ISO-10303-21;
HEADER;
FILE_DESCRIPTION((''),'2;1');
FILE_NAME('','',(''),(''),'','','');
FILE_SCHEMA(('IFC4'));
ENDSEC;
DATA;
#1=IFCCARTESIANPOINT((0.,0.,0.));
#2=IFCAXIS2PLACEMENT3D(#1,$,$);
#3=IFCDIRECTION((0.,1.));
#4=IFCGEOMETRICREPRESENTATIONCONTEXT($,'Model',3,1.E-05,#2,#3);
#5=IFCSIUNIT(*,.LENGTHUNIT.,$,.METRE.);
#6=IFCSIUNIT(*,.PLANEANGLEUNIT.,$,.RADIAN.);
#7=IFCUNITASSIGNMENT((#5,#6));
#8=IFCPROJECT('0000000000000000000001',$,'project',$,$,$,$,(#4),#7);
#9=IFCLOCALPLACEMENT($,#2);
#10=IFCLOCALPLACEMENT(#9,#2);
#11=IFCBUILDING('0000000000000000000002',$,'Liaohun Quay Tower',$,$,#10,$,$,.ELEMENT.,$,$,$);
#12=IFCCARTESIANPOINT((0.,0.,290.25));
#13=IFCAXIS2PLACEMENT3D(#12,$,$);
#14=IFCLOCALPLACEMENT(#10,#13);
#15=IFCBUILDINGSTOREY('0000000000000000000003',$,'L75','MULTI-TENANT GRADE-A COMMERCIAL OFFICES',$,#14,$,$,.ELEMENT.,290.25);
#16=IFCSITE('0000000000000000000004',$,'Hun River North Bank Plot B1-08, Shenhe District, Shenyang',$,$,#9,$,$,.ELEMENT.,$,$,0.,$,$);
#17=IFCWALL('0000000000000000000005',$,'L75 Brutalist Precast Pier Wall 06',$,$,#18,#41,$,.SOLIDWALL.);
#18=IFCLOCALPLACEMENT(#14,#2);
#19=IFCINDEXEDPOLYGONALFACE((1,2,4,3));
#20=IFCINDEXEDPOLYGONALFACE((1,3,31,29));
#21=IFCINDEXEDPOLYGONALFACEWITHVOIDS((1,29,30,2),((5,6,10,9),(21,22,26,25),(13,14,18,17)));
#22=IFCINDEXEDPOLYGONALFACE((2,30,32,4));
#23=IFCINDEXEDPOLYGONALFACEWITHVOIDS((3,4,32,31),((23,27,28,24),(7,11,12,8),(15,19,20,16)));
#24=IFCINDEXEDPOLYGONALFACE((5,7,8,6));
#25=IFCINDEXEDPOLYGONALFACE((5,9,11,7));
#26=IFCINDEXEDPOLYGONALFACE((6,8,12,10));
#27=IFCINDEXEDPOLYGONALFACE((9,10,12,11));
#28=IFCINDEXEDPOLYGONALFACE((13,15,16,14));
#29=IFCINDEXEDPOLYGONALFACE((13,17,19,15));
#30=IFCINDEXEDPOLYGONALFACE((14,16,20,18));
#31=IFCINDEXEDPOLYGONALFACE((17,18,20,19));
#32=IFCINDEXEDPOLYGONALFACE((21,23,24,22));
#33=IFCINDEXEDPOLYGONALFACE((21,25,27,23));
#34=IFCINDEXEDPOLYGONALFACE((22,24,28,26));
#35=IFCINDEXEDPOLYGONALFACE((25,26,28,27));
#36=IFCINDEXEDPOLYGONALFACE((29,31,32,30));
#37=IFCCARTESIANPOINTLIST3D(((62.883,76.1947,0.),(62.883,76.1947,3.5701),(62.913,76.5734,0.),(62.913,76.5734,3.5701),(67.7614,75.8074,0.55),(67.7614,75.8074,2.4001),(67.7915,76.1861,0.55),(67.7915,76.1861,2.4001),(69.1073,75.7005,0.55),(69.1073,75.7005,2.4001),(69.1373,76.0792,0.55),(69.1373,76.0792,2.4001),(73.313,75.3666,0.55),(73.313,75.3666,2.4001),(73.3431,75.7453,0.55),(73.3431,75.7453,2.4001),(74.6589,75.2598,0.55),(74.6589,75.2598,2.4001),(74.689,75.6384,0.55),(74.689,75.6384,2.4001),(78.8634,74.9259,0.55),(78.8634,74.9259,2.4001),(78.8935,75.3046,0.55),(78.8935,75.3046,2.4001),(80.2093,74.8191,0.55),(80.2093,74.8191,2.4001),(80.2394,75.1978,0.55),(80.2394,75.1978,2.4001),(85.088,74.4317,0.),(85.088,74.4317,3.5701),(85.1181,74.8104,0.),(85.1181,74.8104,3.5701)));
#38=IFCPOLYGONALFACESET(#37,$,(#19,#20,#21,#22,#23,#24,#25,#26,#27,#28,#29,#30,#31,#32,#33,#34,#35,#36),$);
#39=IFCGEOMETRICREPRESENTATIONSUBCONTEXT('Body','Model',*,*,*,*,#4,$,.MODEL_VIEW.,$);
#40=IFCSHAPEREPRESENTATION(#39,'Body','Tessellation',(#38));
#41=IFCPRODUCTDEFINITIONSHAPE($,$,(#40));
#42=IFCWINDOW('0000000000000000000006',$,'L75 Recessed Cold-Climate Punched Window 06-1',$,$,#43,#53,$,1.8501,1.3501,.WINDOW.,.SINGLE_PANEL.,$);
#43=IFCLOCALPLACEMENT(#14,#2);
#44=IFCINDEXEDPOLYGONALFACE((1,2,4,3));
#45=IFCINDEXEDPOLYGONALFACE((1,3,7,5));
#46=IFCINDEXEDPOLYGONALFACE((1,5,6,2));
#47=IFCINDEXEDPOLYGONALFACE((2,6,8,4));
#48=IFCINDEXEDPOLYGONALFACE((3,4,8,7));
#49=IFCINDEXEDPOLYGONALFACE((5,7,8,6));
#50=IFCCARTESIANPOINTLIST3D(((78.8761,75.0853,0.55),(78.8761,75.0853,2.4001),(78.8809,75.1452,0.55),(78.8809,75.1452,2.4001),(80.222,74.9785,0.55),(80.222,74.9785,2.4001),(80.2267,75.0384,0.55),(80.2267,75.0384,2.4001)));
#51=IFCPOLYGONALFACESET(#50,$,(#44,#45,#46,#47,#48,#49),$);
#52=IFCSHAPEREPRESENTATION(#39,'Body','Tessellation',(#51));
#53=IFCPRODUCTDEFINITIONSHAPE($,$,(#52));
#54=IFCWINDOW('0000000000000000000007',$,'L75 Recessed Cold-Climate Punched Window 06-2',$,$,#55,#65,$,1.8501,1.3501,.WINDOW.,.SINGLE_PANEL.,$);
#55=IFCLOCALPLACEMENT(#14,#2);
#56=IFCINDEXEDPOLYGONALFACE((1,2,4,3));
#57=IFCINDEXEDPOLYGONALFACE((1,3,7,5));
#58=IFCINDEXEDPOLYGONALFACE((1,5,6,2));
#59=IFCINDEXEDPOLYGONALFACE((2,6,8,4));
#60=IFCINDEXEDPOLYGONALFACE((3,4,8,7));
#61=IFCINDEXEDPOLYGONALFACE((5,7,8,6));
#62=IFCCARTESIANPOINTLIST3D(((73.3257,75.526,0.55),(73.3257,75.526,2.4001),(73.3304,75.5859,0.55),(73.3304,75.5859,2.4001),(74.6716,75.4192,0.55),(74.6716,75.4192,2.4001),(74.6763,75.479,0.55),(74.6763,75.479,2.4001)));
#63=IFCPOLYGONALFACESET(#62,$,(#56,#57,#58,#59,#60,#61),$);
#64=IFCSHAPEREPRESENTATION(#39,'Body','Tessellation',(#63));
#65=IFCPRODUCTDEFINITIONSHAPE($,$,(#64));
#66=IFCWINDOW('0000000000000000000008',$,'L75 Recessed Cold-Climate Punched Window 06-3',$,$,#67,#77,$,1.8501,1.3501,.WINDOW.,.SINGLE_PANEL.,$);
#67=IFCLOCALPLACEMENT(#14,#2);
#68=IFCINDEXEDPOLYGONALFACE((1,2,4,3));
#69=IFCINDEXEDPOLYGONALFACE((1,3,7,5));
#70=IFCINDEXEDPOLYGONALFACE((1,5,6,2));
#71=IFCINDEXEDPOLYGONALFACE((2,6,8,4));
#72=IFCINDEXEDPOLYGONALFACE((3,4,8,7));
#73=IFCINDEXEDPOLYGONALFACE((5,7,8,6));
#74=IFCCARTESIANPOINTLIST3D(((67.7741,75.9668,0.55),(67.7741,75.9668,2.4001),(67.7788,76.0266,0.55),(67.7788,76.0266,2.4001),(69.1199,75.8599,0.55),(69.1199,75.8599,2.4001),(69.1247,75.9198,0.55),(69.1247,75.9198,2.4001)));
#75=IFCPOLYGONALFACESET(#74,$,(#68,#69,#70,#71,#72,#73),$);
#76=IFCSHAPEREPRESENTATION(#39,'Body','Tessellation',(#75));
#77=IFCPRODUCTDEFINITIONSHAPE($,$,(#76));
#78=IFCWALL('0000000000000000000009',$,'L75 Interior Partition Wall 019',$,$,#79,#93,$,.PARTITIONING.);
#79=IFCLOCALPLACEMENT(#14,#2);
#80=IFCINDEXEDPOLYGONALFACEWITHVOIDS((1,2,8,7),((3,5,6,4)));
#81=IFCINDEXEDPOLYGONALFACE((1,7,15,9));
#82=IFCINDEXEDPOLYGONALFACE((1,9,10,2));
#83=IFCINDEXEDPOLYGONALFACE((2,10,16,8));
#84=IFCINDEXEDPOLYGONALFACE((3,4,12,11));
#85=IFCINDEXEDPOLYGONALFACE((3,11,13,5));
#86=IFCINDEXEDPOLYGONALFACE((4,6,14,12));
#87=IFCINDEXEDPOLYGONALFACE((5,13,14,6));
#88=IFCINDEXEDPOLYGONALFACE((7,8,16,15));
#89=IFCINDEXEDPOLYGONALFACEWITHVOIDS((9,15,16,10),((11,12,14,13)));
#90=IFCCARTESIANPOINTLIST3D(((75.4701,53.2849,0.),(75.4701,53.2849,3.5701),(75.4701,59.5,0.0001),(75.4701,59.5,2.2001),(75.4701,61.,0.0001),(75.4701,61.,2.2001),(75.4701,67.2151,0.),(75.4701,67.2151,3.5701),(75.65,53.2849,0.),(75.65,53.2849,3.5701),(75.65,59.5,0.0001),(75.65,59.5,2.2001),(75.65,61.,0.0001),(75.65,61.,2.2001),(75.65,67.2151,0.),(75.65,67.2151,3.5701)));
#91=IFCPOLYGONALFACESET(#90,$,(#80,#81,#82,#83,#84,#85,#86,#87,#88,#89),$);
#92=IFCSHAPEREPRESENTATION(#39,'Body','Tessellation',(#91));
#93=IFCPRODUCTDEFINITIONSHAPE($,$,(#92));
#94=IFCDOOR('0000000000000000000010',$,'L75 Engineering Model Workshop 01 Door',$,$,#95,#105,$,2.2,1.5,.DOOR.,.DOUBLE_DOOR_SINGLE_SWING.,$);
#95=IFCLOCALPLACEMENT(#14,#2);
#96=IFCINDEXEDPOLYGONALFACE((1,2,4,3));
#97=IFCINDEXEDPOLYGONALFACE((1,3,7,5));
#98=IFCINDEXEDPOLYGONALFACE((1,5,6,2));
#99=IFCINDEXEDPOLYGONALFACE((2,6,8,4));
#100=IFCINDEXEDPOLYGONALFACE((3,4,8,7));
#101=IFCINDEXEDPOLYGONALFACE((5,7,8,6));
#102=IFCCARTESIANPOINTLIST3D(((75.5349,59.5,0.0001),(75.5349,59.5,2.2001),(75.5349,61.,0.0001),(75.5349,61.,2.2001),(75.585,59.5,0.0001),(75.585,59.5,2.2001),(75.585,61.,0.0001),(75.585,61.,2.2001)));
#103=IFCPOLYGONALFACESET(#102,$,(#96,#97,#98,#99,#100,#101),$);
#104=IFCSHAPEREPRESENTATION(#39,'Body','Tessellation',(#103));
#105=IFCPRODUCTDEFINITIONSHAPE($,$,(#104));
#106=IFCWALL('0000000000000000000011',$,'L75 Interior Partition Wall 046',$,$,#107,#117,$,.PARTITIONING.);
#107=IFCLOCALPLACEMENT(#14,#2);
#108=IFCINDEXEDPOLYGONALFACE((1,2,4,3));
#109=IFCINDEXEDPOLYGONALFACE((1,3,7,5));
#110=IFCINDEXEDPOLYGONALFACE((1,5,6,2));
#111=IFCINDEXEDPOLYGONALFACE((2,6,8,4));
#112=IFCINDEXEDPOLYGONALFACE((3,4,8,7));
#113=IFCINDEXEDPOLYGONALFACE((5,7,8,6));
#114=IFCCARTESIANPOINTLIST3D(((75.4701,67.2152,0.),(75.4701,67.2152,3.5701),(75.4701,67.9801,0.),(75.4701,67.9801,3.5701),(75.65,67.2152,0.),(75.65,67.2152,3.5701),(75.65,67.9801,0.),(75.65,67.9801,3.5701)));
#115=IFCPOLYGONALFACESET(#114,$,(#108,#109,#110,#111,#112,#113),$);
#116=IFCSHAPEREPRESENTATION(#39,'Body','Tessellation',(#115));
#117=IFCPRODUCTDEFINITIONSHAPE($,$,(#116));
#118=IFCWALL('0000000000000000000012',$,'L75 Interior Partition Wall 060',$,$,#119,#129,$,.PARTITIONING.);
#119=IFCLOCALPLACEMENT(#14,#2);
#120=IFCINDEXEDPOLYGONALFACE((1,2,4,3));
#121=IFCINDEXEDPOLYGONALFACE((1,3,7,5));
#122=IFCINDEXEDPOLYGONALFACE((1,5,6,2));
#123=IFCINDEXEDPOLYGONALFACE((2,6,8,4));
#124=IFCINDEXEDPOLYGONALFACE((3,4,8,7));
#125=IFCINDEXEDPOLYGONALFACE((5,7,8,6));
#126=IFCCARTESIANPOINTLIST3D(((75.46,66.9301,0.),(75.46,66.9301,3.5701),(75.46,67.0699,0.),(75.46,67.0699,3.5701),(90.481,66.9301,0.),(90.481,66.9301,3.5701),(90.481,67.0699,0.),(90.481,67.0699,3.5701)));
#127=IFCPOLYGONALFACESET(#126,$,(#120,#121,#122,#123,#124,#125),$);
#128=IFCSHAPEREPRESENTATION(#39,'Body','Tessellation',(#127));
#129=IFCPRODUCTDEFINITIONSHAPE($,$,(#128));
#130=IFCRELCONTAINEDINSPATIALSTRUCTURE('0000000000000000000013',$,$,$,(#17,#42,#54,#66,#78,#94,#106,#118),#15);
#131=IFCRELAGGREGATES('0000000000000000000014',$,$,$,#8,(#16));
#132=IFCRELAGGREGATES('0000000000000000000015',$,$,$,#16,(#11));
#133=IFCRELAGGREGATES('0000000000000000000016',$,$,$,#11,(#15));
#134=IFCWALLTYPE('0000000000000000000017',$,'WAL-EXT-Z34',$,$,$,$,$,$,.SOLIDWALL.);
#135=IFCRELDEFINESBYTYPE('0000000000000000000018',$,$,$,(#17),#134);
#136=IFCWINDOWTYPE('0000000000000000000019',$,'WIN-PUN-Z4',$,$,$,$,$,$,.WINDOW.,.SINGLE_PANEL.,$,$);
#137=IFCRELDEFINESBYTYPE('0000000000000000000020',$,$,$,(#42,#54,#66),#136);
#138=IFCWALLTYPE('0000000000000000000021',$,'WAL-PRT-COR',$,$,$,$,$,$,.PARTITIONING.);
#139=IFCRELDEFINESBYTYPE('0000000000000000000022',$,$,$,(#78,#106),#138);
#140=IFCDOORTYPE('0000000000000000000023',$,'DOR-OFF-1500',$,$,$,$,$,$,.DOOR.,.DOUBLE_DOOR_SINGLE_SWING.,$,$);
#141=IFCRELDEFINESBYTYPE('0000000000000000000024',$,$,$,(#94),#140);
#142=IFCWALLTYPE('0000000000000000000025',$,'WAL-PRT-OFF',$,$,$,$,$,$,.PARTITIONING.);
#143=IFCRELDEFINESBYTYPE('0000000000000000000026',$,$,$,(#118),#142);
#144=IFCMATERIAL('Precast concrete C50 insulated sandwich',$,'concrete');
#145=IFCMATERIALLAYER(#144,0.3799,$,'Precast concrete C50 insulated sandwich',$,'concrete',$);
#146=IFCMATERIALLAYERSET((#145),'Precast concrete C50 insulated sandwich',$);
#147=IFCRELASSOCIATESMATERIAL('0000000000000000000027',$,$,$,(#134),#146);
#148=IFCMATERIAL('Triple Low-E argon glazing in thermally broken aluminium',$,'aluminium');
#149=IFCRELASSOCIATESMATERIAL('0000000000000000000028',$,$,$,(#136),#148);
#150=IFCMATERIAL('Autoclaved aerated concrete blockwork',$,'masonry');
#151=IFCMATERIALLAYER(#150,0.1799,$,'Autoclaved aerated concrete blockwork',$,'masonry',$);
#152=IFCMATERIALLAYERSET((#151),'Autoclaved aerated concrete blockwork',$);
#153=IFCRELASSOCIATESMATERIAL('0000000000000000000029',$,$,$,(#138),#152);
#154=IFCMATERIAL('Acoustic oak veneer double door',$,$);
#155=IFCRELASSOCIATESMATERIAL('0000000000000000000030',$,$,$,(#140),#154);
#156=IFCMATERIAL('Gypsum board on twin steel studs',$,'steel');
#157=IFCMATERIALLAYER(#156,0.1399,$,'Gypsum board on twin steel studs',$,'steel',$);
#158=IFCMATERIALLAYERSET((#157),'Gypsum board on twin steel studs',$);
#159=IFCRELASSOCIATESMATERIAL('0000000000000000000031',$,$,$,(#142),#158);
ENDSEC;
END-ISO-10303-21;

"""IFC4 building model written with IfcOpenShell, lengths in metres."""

from ifc_helpers import new_model, si_unit, direction, frame, frame_2d, origin, place, context, subcontext, project, spatial, rectangle, extrude, source, transform, mapped, material, layer, layer_set, type_object, element, fill, save


model = new_model("IFC4")

# Units and contexts
model_context = context("Model", 3, precision=1e-05, world=origin(), true_north=direction((0.0, 1.0)))
body_context = subcontext(model_context, "Body", "Model", "MODEL_VIEW")
ifc_project = project(units=[si_unit("LENGTHUNIT", "METRE"), si_unit("PLANEANGLEUNIT", "RADIAN")], contexts=[model_context])

# Site, building, storey
site_placement = place(None, origin())
site = spatial("IfcSite", under=ifc_project, at=site_placement, Name="Hun River North Bank Plot B1-08, Shenhe District, Shenyang", CompositionType="ELEMENT", RefElevation=0.0)
building_placement = place(site_placement, origin())
building = spatial("IfcBuilding", under=site, at=building_placement, Name="Liaohun Quay Tower", CompositionType="ELEMENT")
storey_placement = place(building_placement, frame((0.0, 0.0, 290.25)))
storey = spatial("IfcBuildingStorey", under=building, at=storey_placement, Name="L75", Description="MULTI-TENANT GRADE-A COMMERCIAL OFFICES", CompositionType="ELEMENT", Elevation=290.25)

# Shared definitions
ifc_material_1 = material(Name="Precast concrete C50 insulated sandwich", Category="concrete")
ifc_layer_1 = layer(ifc_material_1, 0.3799, Name="Precast concrete C50 insulated sandwich", Category="concrete")
ifc_layer_set_1 = layer_set([ifc_layer_1], Name="Precast concrete C50 insulated sandwich")
wall_type_1 = type_object("IfcWallType", Name="WAL-EXT-Z34", PredefinedType="SOLIDWALL", material=ifc_layer_set_1)

# Wall, openings, windows
wall_1_placement = place(storey_placement, frame((85.103, 74.6211, 0.0), z_axis=(0.0, 0.0, 1.0), x_axis=(-0.996863, 0.079144, 0.0)))
wall_1 = element("IfcWall", 1, at=wall_1_placement, inside=storey, type_object=wall_type_1, Name="L75 Brutalist Precast Pier Wall 06", PredefinedType="SOLIDWALL", context=body_context, shape_type="SweptSolid", body=[
    extrude(rectangle(XDim=22.2749, YDim=0.3799, at=frame_2d((11.1375, 0.0))), origin(), (0.0, 0.0, 1.0), 3.5701),
])
shared_shape_1 = source(origin(), body_context, "Body", "SweptSolid", [
    extrude(rectangle(XDim=1.3501, YDim=1.8501, at=frame_2d((0.675, 0.925))), frame((0.0, 0.2, 0.0), z_axis=(0.0, -1.0, 0.0), x_axis=(1.0, 0.0, 0.0)), (0.0, 0.0, 1.0), 0.3999),
])
opening_1_placement = place(wall_1_placement, frame((4.894, 0.0, 0.55)))
opening_1 = element("IfcOpeningElement", 2, at=opening_1_placement, cuts=wall_1, PredefinedType="OPENING", context=body_context, shape_type="MappedRepresentation", body=[
    mapped(shared_shape_1, transform((0.0, 0.0, 0.0), x_axis=(1.0, 0.0, 0.0), y_axis=(0.0, 1.0, 0.0), z_axis=(0.0, 0.0, 1.0), scale=1.0)),
])
opening_2_placement = place(wall_1_placement, frame((10.4619, 0.0, 0.55)))
opening_2 = element("IfcOpeningElement", 3, at=opening_2_placement, cuts=wall_1, PredefinedType="OPENING", context=body_context, shape_type="MappedRepresentation", body=[
    mapped(shared_shape_1, transform((0.0, 0.0, 0.0), x_axis=(1.0, 0.0, 0.0), y_axis=(0.0, 1.0, 0.0), z_axis=(0.0, 0.0, 1.0), scale=1.0)),
])
opening_3_placement = place(wall_1_placement, frame((16.031, 0.0, 0.55)))
opening_3 = element("IfcOpeningElement", 4, at=opening_3_placement, cuts=wall_1, PredefinedType="OPENING", context=body_context, shape_type="MappedRepresentation", body=[
    mapped(shared_shape_1, transform((0.0, 0.0, 0.0), x_axis=(1.0, 0.0, 0.0), y_axis=(0.0, 1.0, 0.0), z_axis=(0.0, 0.0, 1.0), scale=1.0)),
])
ifc_material_2 = material(Name="Triple Low-E argon glazing in thermally broken aluminium", Category="aluminium")
window_type_1 = type_object("IfcWindowType", Name="WIN-PUN-Z4", PartitioningType="SINGLE_PANEL", PredefinedType="WINDOW", material=ifc_material_2)
shared_shape_2 = source(origin(), body_context, "Body", "SweptSolid", [
    extrude(rectangle(XDim=1.3501, YDim=1.8501, at=frame_2d((0.675, 0.925))), frame((0.0, 0.03, 0.0), z_axis=(0.0, -1.0, 0.0), x_axis=(1.0, 0.0, 0.0)), (0.0, 0.0, 1.0), 0.0601),
])
window_1_placement = place(opening_1_placement, origin())
window_1 = element("IfcWindow", 5, at=window_1_placement, inside=storey, type_object=window_type_1, Name="L75 Recessed Cold-Climate Punched Window 06-1", OverallHeight=1.8501, OverallWidth=1.3501, PartitioningType="SINGLE_PANEL", PredefinedType="WINDOW", context=body_context, shape_type="MappedRepresentation", body=[
    mapped(shared_shape_2, transform((0.0, 0.0, 0.0), x_axis=(1.0, 0.0, 0.0), y_axis=(0.0, 1.0, 0.0), z_axis=(0.0, 0.0, 1.0), scale=1.0)),
])
fill(opening_1, window_1)
window_2_placement = place(opening_2_placement, origin())
window_2 = element("IfcWindow", 6, at=window_2_placement, inside=storey, type_object=window_type_1, Name="L75 Recessed Cold-Climate Punched Window 06-2", OverallHeight=1.8501, OverallWidth=1.3501, PartitioningType="SINGLE_PANEL", PredefinedType="WINDOW", context=body_context, shape_type="MappedRepresentation", body=[
    mapped(shared_shape_2, transform((0.0, 0.0, 0.0), x_axis=(1.0, 0.0, 0.0), y_axis=(0.0, 1.0, 0.0), z_axis=(0.0, 0.0, 1.0), scale=1.0)),
])
fill(opening_2, window_2)
window_3_placement = place(opening_3_placement, origin())
window_3 = element("IfcWindow", 7, at=window_3_placement, inside=storey, type_object=window_type_1, Name="L75 Recessed Cold-Climate Punched Window 06-3", OverallHeight=1.8501, OverallWidth=1.3501, PartitioningType="SINGLE_PANEL", PredefinedType="WINDOW", context=body_context, shape_type="MappedRepresentation", body=[
    mapped(shared_shape_2, transform((0.0, 0.0, 0.0), x_axis=(1.0, 0.0, 0.0), y_axis=(0.0, 1.0, 0.0), z_axis=(0.0, 0.0, 1.0), scale=1.0)),
])
fill(opening_3, window_3)

# Wall, opening, door
ifc_material_3 = material(Name="Autoclaved aerated concrete blockwork", Category="masonry")
ifc_layer_2 = layer(ifc_material_3, 0.1799, Name="Autoclaved aerated concrete blockwork", Category="masonry")
ifc_layer_set_2 = layer_set([ifc_layer_2], Name="Autoclaved aerated concrete blockwork")
wall_type_2 = type_object("IfcWallType", Name="WAL-PRT-COR", PredefinedType="PARTITIONING", material=ifc_layer_set_2)
wall_2_placement = place(storey_placement, frame((75.5601, 67.2151, 0.0), z_axis=(0.0, 0.0, 1.0), x_axis=(0.0, -1.0, 0.0)))
wall_2 = element("IfcWall", 8, at=wall_2_placement, inside=storey, type_object=wall_type_2, Name="L75 Interior Partition Wall 019", PredefinedType="PARTITIONING", context=body_context, shape_type="SweptSolid", body=[
    extrude(rectangle(XDim=13.9302, YDim=0.1799, at=frame_2d((6.9651, 0.0))), origin(), (0.0, 0.0, 1.0), 3.5701),
])
shared_shape_3 = source(origin(), body_context, "Body", "SweptSolid", [
    extrude(rectangle(XDim=1.5, YDim=2.2, at=frame_2d((0.75, 1.1001))), frame((0.0, 0.0999, 0.0), z_axis=(0.0, -1.0, 0.0), x_axis=(1.0, 0.0, 0.0)), (0.0, 0.0, 1.0), 0.2),
])
opening_4_placement = place(wall_2_placement, frame((6.2151, 0.0, 0.0)))
opening_4 = element("IfcOpeningElement", 9, at=opening_4_placement, cuts=wall_2, PredefinedType="OPENING", context=body_context, shape_type="MappedRepresentation", body=[
    mapped(shared_shape_3, transform((0.0, 0.0, 0.0), x_axis=(1.0, 0.0, 0.0), y_axis=(0.0, 1.0, 0.0), z_axis=(0.0, 0.0, 1.0), scale=1.0)),
])
ifc_material_4 = material(Name="Acoustic oak veneer double door")
door_type = type_object("IfcDoorType", Name="DOR-OFF-1500", OperationType="DOUBLE_DOOR_SINGLE_SWING", PredefinedType="DOOR", material=ifc_material_4)
shared_shape_4 = source(origin(), body_context, "Body", "SweptSolid", [
    extrude(rectangle(XDim=1.5, YDim=2.2, at=frame_2d((0.75, 1.1001))), frame((0.0, 0.0249, 0.0), z_axis=(0.0, -1.0, 0.0), x_axis=(1.0, 0.0, 0.0)), (0.0, 0.0, 1.0), 0.05),
])
door_placement = place(opening_4_placement, origin())
door = element("IfcDoor", 10, at=door_placement, inside=storey, type_object=door_type, Name="L75 Engineering Model Workshop 01 Door", OperationType="DOUBLE_DOOR_SINGLE_SWING", OverallHeight=2.2, OverallWidth=1.5, PredefinedType="DOOR", context=body_context, shape_type="MappedRepresentation", body=[
    mapped(shared_shape_4, transform((0.0, 0.0, 0.0), x_axis=(1.0, 0.0, 0.0), y_axis=(0.0, 1.0, 0.0), z_axis=(0.0, 0.0, 1.0), scale=1.0)),
])
fill(opening_4, door)

# Walls
wall_3_placement = place(storey_placement, frame((75.5601, 67.98, 0.0), z_axis=(0.0, 0.0, 1.0), x_axis=(0.0, -1.0, 0.0)))
element("IfcWall", 11, at=wall_3_placement, inside=storey, type_object=wall_type_2, Name="L75 Interior Partition Wall 046", PredefinedType="PARTITIONING", context=body_context, shape_type="SweptSolid", body=[
    extrude(rectangle(XDim=0.7649, YDim=0.1799, at=frame_2d((0.3823, 0.0))), origin(), (0.0, 0.0, 1.0), 3.5701),
])
ifc_material_5 = material(Name="Gypsum board on twin steel studs", Category="steel")
ifc_layer_3 = layer(ifc_material_5, 0.1399, Name="Gypsum board on twin steel studs", Category="steel")
ifc_layer_set_3 = layer_set([ifc_layer_3], Name="Gypsum board on twin steel studs")
wall_type_3 = type_object("IfcWallType", Name="WAL-PRT-OFF", PredefinedType="PARTITIONING", material=ifc_layer_set_3)
wall_4_placement = place(storey_placement, frame((75.46, 67.0, 0.0), z_axis=(0.0, 0.0, 1.0), x_axis=(1.0, 0.0, 0.0)))
element("IfcWall", 12, at=wall_4_placement, inside=storey, type_object=wall_type_3, Name="L75 Interior Partition Wall 060", PredefinedType="PARTITIONING", context=body_context, shape_type="SweptSolid", body=[
    extrude(rectangle(XDim=15.021, YDim=0.1399, at=frame_2d((7.5105, 0.0))), origin(), (0.0, 0.0, 1.0), 3.5701),
])

save(model, "model.ifc")
